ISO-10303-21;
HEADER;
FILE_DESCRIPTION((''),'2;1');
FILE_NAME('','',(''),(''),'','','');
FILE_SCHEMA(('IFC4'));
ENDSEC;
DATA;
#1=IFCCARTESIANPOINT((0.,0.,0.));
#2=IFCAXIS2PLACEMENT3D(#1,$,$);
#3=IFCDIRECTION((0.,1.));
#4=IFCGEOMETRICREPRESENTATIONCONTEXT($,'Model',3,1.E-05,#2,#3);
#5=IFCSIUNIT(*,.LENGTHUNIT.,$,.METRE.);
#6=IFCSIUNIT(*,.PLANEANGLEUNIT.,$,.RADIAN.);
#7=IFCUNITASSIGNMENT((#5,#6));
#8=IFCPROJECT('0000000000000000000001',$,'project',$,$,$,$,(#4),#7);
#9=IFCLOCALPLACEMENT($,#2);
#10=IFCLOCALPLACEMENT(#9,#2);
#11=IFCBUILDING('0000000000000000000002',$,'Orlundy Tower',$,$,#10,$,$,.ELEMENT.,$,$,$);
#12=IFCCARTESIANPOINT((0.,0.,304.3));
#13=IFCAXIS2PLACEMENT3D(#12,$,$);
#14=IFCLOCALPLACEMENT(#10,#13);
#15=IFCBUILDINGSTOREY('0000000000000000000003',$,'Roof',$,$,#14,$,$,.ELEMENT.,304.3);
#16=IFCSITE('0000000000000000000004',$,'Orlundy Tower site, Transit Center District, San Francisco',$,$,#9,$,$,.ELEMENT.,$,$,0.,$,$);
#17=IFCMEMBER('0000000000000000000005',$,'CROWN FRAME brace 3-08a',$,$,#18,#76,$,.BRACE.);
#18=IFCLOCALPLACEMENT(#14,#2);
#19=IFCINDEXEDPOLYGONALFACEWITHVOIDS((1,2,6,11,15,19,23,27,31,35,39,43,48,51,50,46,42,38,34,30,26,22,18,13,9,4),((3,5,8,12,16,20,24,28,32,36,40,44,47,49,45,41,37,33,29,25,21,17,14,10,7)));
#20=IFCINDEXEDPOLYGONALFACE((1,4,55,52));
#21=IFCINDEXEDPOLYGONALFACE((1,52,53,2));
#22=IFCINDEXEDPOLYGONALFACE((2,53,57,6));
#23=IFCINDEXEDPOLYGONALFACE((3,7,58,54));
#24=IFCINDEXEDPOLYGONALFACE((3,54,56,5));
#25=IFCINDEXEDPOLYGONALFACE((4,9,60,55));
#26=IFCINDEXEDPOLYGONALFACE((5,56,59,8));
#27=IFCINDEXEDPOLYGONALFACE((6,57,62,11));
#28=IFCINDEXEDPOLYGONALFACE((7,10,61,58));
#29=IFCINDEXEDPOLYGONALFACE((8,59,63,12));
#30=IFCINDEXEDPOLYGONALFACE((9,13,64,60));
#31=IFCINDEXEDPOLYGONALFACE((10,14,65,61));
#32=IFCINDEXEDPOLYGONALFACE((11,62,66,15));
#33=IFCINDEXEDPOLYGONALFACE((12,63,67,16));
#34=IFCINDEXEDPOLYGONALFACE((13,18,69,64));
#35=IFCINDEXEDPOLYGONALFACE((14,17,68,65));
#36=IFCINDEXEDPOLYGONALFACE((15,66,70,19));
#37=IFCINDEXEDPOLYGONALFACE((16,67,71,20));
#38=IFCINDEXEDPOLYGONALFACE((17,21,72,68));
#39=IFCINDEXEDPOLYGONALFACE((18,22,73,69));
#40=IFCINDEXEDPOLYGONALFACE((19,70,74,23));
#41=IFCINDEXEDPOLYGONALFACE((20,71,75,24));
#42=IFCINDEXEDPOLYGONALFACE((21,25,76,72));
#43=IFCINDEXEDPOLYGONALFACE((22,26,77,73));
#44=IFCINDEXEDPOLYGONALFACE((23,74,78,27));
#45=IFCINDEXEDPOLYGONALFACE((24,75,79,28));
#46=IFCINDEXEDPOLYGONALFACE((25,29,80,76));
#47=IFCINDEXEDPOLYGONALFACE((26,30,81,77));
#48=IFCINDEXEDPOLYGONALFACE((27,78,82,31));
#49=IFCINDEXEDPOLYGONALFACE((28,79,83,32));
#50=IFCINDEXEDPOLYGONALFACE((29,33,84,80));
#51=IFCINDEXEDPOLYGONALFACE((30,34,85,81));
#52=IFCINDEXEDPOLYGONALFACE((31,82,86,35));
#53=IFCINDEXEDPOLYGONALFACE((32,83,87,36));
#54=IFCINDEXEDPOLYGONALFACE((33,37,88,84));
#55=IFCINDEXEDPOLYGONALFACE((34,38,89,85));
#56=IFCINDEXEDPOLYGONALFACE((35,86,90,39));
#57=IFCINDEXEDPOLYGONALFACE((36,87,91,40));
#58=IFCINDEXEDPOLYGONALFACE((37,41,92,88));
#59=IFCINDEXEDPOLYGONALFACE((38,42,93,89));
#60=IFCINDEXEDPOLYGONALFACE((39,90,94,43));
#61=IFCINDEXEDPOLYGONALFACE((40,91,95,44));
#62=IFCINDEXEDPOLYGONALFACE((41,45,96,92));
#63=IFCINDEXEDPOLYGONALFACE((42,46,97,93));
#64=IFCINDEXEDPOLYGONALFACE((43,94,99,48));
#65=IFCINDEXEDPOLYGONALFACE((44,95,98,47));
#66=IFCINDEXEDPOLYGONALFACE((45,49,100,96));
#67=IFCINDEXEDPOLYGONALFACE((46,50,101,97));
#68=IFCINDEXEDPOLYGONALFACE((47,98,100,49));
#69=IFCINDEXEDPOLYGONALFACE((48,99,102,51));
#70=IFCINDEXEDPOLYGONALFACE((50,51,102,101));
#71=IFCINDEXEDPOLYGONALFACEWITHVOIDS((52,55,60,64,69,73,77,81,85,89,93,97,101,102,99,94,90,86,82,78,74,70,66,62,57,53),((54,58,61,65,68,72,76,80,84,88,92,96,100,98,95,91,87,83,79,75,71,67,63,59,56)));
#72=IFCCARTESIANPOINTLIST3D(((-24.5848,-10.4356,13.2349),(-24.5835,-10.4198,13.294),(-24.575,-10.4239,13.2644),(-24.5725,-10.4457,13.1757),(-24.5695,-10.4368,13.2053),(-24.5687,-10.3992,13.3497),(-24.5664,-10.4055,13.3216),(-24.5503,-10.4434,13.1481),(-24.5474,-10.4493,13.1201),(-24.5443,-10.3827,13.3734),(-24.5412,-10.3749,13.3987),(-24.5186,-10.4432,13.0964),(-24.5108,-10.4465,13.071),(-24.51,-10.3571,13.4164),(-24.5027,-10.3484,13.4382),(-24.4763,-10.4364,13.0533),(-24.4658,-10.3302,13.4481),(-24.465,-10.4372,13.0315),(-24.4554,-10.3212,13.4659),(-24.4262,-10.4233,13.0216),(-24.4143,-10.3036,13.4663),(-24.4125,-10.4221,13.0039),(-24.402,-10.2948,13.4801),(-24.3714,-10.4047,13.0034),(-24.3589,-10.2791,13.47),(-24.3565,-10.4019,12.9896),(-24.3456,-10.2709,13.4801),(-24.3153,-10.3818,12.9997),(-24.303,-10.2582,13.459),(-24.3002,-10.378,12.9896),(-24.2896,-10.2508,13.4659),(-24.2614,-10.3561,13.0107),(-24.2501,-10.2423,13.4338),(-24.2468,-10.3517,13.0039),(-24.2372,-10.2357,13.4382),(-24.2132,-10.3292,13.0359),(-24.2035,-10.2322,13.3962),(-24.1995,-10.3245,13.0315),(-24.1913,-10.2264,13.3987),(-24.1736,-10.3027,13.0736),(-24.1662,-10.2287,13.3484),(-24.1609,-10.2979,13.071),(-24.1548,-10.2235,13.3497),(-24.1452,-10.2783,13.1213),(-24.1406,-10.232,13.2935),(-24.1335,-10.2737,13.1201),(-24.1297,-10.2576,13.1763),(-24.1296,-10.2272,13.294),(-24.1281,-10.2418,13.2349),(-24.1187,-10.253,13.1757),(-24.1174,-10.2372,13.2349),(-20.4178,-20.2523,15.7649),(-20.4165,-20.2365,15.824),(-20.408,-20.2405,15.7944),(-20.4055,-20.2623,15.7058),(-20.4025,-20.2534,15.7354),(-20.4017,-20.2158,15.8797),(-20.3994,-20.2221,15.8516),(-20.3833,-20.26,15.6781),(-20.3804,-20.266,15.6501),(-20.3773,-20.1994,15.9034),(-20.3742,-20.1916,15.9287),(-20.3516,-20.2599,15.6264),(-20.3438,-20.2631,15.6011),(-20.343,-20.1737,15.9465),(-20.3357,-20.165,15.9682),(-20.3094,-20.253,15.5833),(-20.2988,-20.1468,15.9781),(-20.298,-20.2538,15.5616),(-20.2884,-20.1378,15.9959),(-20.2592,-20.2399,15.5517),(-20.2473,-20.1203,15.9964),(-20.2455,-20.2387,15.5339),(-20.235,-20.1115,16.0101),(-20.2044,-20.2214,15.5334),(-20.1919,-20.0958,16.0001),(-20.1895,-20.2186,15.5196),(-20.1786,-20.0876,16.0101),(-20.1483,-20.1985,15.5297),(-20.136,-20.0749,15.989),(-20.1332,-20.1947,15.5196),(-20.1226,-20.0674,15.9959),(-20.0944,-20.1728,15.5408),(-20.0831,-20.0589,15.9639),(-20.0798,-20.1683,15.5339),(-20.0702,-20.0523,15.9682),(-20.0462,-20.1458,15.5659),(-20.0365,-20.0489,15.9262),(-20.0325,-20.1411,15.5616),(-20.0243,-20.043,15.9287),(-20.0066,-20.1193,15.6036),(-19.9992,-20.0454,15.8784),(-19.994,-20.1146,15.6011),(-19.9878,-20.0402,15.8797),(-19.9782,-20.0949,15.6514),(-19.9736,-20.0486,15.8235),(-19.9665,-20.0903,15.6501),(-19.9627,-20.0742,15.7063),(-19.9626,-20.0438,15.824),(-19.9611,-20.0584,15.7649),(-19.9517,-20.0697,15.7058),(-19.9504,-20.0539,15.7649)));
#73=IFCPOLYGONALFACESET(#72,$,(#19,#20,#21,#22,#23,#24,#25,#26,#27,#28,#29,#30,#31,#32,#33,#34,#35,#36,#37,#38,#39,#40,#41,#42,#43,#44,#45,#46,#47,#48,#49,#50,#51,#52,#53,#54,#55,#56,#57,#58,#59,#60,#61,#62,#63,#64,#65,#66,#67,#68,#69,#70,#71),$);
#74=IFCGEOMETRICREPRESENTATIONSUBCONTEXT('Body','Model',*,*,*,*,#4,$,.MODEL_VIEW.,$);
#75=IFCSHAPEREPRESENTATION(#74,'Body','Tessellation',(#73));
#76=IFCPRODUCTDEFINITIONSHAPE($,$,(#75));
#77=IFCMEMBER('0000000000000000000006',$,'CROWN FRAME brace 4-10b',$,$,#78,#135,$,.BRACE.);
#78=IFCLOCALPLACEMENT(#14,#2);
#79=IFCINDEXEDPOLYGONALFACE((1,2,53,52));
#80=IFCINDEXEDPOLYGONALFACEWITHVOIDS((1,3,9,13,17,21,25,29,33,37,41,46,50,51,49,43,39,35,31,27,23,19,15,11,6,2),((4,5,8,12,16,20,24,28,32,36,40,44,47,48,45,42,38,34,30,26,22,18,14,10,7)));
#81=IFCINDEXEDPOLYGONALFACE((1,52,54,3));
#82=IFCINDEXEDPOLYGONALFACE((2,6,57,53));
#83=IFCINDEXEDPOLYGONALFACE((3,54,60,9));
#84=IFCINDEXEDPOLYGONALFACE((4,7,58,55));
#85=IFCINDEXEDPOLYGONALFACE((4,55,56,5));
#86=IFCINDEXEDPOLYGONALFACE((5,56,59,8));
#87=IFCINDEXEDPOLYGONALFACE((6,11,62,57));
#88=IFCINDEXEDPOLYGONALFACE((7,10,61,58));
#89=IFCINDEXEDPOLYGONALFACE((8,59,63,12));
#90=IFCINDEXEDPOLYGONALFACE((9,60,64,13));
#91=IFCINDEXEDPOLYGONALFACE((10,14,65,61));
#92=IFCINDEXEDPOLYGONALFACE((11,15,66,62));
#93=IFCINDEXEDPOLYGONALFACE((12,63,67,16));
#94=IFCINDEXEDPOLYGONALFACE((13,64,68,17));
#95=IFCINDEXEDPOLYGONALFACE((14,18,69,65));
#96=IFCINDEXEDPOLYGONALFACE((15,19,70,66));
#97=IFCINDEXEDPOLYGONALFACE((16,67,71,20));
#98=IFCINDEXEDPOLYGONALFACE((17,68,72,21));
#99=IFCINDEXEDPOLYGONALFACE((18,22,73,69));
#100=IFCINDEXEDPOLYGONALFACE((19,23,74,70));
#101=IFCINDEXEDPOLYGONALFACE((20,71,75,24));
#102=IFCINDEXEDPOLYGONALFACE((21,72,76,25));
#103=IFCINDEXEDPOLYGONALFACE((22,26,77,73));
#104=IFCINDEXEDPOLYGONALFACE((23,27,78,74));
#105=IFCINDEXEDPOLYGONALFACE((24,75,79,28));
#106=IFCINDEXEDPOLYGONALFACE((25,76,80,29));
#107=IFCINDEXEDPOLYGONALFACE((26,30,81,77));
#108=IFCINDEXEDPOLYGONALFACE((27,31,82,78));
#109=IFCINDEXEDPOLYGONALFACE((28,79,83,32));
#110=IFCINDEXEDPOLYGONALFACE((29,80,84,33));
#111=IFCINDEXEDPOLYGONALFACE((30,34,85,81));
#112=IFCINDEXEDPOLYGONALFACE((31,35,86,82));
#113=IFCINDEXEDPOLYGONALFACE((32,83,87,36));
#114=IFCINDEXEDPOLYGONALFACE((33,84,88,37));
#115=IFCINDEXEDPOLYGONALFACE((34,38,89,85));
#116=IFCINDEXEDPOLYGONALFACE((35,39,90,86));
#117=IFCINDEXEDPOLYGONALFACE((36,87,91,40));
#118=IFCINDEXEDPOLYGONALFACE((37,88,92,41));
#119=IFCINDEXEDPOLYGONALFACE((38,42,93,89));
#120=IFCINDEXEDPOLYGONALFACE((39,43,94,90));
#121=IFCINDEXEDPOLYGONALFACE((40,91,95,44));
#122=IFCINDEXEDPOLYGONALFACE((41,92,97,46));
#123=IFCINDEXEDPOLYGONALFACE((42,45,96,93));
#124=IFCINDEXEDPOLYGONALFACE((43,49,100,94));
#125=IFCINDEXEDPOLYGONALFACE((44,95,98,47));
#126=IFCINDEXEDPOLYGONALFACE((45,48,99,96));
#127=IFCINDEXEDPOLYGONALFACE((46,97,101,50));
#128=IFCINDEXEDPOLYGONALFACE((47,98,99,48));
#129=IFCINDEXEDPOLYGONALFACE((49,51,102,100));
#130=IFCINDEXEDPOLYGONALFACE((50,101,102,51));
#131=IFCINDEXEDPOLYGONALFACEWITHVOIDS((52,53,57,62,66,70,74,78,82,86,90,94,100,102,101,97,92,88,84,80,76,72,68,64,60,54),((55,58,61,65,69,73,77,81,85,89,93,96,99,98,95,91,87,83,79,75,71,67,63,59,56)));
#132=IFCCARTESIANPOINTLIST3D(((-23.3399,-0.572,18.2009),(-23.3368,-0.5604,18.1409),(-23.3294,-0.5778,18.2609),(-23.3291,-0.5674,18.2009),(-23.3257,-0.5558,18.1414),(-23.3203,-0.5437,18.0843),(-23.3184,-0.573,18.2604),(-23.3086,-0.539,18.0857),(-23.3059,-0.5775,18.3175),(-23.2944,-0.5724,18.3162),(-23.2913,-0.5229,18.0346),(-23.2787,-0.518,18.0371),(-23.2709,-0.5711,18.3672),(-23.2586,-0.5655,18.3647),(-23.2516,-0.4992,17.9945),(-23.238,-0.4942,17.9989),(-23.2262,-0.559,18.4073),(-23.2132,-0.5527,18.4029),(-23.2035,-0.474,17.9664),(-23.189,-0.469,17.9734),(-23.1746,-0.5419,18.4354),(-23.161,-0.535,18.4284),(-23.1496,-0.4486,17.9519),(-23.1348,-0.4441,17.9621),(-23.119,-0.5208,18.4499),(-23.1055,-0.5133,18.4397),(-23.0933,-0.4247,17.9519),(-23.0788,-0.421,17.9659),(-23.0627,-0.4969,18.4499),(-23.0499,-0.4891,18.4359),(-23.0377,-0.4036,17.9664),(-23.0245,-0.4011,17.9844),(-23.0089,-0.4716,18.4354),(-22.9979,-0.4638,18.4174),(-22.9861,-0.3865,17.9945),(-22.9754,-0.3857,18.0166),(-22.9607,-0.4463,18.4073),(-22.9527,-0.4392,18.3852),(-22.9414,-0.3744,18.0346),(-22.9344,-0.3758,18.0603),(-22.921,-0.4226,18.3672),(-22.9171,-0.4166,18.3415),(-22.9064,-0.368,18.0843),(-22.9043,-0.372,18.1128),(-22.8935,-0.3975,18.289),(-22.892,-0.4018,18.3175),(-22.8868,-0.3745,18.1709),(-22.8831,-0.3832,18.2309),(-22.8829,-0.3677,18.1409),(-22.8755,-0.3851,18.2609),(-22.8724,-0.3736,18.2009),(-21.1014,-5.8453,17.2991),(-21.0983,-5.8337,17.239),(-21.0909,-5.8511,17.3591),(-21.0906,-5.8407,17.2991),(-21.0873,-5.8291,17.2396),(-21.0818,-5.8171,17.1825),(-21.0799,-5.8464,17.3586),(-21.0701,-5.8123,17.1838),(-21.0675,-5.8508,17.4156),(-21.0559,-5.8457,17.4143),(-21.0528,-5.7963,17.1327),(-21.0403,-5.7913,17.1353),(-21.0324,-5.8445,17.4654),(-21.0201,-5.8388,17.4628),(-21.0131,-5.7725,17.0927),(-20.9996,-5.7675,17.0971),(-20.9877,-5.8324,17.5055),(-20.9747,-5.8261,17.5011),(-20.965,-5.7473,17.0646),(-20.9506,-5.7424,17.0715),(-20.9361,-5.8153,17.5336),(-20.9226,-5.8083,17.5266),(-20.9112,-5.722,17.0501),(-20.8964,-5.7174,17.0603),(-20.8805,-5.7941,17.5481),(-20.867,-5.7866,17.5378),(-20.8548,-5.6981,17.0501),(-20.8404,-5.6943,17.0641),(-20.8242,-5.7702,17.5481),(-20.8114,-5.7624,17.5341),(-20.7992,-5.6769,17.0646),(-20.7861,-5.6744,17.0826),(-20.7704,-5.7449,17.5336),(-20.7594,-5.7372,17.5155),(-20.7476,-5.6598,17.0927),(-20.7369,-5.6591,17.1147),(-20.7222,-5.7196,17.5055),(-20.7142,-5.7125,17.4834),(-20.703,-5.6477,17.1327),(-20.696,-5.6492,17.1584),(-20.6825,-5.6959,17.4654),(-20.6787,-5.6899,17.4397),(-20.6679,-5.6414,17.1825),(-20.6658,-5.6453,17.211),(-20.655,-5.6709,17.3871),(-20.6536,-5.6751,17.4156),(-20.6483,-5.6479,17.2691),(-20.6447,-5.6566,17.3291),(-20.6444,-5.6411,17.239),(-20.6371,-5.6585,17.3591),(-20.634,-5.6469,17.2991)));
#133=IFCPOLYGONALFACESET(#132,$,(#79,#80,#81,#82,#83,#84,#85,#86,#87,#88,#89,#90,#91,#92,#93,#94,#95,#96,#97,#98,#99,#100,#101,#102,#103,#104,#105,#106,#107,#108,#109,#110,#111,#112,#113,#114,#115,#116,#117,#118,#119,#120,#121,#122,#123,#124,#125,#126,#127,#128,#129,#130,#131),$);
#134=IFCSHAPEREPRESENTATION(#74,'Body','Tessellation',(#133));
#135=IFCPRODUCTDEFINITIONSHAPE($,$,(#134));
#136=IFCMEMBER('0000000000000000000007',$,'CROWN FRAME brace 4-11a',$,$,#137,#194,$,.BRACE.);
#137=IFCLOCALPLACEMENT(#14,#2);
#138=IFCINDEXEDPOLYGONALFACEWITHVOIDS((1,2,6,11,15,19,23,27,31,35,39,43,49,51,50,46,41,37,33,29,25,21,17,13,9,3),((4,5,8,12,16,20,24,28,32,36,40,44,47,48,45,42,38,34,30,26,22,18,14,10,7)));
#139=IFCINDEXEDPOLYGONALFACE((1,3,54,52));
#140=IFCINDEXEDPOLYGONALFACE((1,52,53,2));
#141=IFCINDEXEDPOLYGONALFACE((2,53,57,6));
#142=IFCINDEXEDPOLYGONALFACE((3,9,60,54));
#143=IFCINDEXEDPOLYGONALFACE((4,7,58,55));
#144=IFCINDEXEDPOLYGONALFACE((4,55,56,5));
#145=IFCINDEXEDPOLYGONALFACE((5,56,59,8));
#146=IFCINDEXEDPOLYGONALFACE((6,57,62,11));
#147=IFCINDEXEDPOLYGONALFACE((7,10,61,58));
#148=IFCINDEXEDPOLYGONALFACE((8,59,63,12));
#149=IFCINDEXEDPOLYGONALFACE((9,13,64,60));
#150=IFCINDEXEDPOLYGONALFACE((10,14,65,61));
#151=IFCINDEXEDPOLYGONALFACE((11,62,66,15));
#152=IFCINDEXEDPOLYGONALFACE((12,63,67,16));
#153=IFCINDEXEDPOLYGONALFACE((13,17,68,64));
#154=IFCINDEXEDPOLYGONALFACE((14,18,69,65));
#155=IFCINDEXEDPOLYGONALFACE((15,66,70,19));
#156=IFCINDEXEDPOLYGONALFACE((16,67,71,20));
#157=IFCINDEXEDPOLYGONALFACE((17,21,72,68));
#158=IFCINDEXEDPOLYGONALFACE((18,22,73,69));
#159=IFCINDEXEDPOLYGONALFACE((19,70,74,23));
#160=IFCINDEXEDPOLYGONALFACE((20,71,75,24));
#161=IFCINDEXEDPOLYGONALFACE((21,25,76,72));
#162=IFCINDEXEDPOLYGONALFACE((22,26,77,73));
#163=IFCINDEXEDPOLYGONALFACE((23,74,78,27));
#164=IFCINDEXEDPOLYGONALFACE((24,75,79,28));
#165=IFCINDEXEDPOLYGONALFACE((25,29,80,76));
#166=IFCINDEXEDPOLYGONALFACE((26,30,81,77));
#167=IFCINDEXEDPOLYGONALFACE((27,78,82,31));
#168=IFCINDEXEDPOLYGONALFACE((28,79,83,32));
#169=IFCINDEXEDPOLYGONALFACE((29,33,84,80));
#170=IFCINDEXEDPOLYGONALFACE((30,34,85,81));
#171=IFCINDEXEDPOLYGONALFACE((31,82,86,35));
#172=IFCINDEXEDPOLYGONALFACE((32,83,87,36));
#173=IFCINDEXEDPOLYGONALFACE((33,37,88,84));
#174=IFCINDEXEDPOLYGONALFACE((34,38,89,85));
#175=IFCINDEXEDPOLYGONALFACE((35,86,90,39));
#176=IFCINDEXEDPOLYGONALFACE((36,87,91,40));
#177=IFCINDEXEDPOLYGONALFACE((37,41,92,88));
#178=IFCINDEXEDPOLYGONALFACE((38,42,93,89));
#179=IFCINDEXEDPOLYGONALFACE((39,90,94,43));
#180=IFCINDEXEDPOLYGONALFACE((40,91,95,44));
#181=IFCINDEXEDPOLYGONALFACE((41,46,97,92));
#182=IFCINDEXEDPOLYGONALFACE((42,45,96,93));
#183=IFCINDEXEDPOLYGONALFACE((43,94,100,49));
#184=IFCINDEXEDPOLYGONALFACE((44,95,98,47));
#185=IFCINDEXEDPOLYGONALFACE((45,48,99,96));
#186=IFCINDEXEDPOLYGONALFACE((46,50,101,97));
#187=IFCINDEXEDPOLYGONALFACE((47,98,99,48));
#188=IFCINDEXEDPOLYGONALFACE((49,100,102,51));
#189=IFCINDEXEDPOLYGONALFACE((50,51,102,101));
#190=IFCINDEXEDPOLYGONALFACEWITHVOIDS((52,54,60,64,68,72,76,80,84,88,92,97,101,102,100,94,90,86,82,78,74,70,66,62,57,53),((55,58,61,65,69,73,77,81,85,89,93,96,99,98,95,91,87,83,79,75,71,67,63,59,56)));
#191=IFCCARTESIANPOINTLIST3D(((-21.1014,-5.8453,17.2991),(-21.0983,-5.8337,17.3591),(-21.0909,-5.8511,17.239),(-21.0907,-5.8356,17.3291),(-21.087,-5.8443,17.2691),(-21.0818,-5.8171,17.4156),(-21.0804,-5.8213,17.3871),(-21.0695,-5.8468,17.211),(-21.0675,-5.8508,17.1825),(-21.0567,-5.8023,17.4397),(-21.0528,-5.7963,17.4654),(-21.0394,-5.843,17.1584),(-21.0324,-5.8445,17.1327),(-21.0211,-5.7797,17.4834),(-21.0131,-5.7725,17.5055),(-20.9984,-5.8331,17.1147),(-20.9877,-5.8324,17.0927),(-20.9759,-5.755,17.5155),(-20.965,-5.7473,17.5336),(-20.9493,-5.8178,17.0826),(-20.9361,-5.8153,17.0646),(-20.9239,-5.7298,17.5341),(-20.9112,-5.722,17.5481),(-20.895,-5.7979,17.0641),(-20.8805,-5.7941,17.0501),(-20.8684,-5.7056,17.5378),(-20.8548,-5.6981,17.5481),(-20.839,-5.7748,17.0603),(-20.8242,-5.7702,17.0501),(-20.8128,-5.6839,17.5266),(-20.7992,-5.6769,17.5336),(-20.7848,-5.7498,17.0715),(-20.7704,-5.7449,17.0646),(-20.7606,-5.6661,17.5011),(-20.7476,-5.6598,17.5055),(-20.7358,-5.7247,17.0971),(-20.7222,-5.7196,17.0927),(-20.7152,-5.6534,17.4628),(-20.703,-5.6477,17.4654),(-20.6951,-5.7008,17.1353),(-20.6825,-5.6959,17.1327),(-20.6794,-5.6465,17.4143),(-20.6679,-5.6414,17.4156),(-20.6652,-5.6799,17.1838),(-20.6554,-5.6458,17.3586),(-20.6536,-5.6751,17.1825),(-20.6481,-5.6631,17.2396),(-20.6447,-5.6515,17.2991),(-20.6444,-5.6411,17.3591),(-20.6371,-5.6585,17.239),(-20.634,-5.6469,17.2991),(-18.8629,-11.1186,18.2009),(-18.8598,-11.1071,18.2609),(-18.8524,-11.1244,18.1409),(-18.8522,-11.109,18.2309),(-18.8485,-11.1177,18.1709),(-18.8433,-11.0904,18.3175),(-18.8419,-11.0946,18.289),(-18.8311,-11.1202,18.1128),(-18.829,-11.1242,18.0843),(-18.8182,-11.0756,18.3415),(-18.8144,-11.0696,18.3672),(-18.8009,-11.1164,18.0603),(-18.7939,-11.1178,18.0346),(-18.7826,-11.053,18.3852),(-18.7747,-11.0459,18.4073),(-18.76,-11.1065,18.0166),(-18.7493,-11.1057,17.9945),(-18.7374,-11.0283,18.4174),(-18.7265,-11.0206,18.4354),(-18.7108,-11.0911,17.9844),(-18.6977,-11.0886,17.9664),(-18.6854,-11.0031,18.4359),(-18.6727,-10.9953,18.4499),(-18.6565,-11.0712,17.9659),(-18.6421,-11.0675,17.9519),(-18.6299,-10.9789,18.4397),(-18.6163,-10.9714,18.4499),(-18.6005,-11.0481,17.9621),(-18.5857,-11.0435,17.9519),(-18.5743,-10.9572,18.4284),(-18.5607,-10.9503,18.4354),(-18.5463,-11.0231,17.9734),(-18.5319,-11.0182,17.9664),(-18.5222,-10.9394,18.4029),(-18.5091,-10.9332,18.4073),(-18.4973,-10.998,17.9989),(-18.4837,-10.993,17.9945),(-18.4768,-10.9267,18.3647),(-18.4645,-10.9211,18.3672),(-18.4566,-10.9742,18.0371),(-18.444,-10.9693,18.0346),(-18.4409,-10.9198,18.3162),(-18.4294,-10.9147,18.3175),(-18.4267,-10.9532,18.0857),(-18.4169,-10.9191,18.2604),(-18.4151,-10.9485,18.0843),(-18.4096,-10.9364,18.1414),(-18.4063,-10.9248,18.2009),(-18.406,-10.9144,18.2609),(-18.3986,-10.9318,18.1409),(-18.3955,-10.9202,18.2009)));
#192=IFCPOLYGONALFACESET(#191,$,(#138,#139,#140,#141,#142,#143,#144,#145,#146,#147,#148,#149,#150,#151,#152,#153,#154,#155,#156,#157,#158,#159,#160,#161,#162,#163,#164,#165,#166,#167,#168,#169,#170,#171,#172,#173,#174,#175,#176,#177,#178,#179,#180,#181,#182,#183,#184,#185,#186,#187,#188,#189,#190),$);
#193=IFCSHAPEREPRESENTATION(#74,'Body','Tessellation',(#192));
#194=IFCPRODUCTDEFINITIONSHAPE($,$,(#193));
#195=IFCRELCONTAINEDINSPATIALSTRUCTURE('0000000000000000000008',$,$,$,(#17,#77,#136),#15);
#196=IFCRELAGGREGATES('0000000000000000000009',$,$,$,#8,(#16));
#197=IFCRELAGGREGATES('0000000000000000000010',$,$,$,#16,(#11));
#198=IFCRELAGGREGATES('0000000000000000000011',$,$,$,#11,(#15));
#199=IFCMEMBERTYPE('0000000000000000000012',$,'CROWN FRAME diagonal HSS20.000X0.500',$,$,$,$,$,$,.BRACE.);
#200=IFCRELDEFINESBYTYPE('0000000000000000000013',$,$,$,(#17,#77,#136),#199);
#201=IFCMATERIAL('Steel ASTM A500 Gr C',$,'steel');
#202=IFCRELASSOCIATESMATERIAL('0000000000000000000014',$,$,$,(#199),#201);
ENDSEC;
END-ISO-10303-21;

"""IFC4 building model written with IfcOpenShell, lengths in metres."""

from ifc_helpers import new_model, si_unit, direction, frame, origin, origin_2d, place, context, subcontext, project, spatial, hollow_circle, extrude, material, material_profile, profile_set, type_object, element, save


model = new_model("IFC4")

# Units and contexts
model_context = context("Model", 3, precision=1e-05, world=origin(), true_north=direction((0.0, 1.0)))
body_context = subcontext(model_context, "Body", "Model", "MODEL_VIEW")
ifc_project = project(units=[si_unit("LENGTHUNIT", "METRE"), si_unit("PLANEANGLEUNIT", "RADIAN")], contexts=[model_context])

# Site, building, storey
site_placement = place(None, origin())
site = spatial("IfcSite", under=ifc_project, at=site_placement, Name="Orlundy Tower site, Transit Center District, San Francisco", CompositionType="ELEMENT", RefElevation=0.0)
building_placement = place(site_placement, origin())
building = spatial("IfcBuilding", under=site, at=building_placement, Name="Orlundy Tower", CompositionType="ELEMENT")
storey_placement = place(building_placement, frame((0.0, 0.0, 304.3)))
storey = spatial("IfcBuildingStorey", under=building, at=storey_placement, Name="Roof", CompositionType="ELEMENT", Elevation=304.3)

# Members
ifc_material_1 = material(Name="Steel ASTM A500 Gr C", Category="steel")
ifc_material_profile_1 = material_profile(ifc_material_1, hollow_circle(Radius=0.2539, WallThickness=0.0117, at=origin_2d()), Name="HSS20.000X0.500")
ifc_profile_set_1 = profile_set([ifc_material_profile_1], Name="Steel ASTM A500 Gr C")
member_type_1 = type_object("IfcMemberType", Name="CROWN FRAME diagonal HSS20.000X0.500", PredefinedType="BRACE", material=ifc_profile_set_1)
member_1_placement = place(storey_placement, frame((-24.3511, -10.3364, 13.2349), z_axis=(0.380184, -0.895643, 0.230833), x_axis=(0.920502, 0.390737, 0.0)))
element("IfcMember", 1, at=member_1_placement, inside=storey, type_object=member_type_1, Name="CROWN FRAME brace 3-08a", PredefinedType="BRACE", context=body_context, shape_type="SweptSolid", body=[
    extrude(hollow_circle(Radius=0.2539, WallThickness=0.0117, at=origin_2d()), origin(), (0.0, 0.0, 1.0), 10.9604),
])
for number, where, z_axis, x_axis, name in (
    (2, (-20.8677, -5.7461, 17.2991), (-0.38599, 0.909301, 0.155507), (-0.9205, -0.390744, 0.0), "CROWN FRAME brace 4-10b"),
    (3, (-20.8677, -5.7461, 17.2991), (0.38599, -0.909301, 0.155507), (0.9205, 0.390744, 0.0), "CROWN FRAME brace 4-11a"),
):
    element("IfcMember", number, at=place(storey_placement, frame(where, z_axis=z_axis, x_axis=x_axis)), inside=storey, type_object=member_type_1, Name=name, PredefinedType="BRACE", context=body_context, shape_type="SweptSolid", body=[
        extrude(hollow_circle(Radius=0.2539, WallThickness=0.0117, at=origin_2d()), origin(), (0.0, 0.0, 1.0), 5.7993),
    ])

save(model, "model.ifc")
